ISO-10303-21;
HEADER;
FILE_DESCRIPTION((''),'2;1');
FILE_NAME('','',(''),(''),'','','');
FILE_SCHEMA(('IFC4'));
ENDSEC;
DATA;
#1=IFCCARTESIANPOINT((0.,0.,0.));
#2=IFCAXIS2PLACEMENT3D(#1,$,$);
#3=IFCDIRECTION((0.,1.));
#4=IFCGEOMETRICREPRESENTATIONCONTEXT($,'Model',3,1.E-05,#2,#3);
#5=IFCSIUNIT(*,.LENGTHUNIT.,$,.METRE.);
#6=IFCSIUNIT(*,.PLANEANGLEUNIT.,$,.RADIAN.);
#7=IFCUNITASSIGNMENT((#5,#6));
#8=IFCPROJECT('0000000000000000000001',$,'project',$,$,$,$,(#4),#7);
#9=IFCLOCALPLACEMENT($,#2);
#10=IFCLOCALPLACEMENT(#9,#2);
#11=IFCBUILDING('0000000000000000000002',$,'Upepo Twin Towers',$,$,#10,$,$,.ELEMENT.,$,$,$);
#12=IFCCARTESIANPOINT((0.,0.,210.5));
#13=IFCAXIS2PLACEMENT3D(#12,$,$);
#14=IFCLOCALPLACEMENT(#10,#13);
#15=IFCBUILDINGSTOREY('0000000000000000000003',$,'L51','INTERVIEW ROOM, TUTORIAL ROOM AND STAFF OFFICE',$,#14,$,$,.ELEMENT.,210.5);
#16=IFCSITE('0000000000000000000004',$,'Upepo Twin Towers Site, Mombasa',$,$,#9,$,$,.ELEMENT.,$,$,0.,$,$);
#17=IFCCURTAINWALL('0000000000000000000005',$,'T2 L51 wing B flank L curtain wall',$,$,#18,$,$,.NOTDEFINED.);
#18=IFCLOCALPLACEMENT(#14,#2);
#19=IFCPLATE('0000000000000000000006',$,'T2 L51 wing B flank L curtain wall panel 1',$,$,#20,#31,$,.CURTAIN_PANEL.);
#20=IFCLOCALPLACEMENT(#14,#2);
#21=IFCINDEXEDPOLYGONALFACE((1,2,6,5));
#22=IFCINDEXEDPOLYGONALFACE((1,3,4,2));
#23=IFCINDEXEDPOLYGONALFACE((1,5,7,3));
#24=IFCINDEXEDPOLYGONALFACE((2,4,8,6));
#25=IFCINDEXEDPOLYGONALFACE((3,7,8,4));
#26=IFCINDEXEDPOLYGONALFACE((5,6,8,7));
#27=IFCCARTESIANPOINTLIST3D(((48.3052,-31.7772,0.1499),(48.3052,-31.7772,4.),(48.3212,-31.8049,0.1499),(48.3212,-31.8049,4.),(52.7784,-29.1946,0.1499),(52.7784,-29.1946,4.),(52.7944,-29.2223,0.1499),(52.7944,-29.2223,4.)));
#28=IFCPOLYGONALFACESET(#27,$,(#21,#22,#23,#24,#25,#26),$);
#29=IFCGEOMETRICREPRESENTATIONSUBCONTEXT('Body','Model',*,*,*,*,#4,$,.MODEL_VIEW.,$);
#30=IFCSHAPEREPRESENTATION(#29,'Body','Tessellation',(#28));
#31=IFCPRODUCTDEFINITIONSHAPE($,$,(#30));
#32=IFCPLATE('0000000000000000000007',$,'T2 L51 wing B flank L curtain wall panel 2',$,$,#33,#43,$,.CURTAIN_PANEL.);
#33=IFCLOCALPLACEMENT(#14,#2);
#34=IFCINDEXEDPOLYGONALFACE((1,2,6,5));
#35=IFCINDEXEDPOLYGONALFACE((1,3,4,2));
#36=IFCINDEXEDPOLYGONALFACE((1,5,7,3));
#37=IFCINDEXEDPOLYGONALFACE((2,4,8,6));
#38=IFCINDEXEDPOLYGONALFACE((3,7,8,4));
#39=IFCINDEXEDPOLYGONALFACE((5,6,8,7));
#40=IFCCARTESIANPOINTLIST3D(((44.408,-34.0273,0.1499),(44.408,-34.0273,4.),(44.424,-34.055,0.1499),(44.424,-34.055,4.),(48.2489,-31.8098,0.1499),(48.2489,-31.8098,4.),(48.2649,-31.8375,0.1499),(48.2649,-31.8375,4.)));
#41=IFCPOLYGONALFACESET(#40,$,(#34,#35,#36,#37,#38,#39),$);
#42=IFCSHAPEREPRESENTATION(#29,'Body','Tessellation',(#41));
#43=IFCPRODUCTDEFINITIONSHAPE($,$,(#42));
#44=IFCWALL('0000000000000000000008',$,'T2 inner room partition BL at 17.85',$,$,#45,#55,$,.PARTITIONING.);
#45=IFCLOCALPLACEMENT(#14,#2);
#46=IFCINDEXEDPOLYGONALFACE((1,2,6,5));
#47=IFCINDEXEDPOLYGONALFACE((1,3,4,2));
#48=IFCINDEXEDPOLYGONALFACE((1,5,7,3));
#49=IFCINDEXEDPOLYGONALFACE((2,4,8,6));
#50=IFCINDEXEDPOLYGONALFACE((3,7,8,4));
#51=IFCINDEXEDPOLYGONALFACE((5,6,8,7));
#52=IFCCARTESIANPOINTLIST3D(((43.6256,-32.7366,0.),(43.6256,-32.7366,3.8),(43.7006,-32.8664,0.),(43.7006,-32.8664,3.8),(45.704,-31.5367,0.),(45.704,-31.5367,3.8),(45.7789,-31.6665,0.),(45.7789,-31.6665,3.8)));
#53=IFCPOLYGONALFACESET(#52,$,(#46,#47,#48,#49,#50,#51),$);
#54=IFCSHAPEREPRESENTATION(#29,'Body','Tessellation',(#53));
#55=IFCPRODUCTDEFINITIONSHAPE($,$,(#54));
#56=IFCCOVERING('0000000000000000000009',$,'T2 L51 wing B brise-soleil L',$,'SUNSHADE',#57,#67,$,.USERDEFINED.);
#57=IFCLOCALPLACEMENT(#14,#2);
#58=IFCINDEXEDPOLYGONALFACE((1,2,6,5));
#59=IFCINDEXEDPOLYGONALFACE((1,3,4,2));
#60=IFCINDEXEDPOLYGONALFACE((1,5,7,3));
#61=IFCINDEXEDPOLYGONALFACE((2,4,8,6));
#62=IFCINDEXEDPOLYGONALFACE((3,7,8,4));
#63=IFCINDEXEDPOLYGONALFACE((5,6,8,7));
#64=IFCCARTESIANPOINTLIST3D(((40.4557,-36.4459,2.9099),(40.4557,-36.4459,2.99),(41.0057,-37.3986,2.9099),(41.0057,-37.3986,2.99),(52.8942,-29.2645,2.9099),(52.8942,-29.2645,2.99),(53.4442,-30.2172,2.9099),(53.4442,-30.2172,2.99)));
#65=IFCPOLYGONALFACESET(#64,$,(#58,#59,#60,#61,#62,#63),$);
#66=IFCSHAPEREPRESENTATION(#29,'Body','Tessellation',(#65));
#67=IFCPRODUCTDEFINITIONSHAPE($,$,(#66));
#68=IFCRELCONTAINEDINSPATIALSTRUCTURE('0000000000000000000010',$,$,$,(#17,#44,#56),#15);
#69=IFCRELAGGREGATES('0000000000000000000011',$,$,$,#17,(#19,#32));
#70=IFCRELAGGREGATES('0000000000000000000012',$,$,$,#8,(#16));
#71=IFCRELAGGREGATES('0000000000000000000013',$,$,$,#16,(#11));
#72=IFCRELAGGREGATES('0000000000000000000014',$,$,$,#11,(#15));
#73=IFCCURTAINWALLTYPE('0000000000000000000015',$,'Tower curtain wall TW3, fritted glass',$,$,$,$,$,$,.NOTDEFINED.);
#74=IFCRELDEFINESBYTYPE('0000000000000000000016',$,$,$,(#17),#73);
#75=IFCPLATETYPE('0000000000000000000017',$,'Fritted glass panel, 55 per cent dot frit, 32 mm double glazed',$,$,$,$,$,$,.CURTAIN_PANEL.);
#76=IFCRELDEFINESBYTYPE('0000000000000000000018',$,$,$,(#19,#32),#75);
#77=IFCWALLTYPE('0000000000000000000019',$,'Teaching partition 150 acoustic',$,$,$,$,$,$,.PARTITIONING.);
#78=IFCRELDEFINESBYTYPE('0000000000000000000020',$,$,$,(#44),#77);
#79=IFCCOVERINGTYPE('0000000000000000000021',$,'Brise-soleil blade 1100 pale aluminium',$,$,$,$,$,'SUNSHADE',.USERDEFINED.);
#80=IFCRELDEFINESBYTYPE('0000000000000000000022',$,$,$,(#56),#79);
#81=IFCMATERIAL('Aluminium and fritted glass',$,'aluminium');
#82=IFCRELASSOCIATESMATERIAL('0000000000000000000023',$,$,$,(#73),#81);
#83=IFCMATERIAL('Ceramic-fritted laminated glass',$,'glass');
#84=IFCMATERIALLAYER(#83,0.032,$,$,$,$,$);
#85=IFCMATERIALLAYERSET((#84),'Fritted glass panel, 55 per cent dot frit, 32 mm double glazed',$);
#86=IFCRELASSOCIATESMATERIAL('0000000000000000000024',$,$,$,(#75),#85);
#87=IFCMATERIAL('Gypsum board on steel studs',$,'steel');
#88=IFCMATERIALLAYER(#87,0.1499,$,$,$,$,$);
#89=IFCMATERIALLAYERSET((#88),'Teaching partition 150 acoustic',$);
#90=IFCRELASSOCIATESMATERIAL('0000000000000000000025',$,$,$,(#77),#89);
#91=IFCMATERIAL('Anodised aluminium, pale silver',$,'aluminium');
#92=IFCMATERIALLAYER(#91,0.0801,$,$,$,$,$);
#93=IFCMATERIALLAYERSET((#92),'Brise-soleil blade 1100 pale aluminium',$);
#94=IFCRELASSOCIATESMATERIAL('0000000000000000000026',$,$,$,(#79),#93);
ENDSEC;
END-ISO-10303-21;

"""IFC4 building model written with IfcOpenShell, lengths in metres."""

from ifc_helpers import new_model, si_unit, direction, frame, frame_2d, origin, origin_2d, place, context, subcontext, project, spatial, rectangle, extrude, material, layer, layer_set, type_object, element, aggregate, save


model = new_model("IFC4")

# Units and contexts
model_context = context("Model", 3, precision=1e-05, world=origin(), true_north=direction((0.0, 1.0)))
body_context = subcontext(model_context, "Body", "Model", "MODEL_VIEW")
ifc_project = project(units=[si_unit("LENGTHUNIT", "METRE"), si_unit("PLANEANGLEUNIT", "RADIAN")], contexts=[model_context])

# Site, building, storey
site_placement = place(None, origin())
site = spatial("IfcSite", under=ifc_project, at=site_placement, Name="Upepo Twin Towers Site, Mombasa", CompositionType="ELEMENT", RefElevation=0.0)
building_placement = place(site_placement, origin())
building = spatial("IfcBuilding", under=site, at=building_placement, Name="Upepo Twin Towers", CompositionType="ELEMENT")
storey_placement = place(building_placement, frame((0.0, 0.0, 210.5)))
storey = spatial("IfcBuildingStorey", under=building, at=storey_placement, Name="L51", Description="INTERVIEW ROOM, TUTORIAL ROOM AND STAFF OFFICE", CompositionType="ELEMENT", Elevation=210.5)

# Curtain wall, plates
ifc_material_1 = material(Name="Aluminium and fritted glass", Category="aluminium")
curtain_wall_type = type_object("IfcCurtainWallType", Name="Tower curtain wall TW3, fritted glass", PredefinedType="NOTDEFINED", material=ifc_material_1)
curtain_wall_placement = place(storey_placement, origin())
curtain_wall = element("IfcCurtainWall", 1, at=curtain_wall_placement, inside=storey, type_object=curtain_wall_type, Name="T2 L51 wing B flank L curtain wall", PredefinedType="NOTDEFINED")
ifc_material_2 = material(Name="Ceramic-fritted laminated glass", Category="glass")
ifc_layer_1 = layer(ifc_material_2, 0.032)
ifc_layer_set_1 = layer_set([ifc_layer_1], Name="Fritted glass panel, 55 per cent dot frit, 32 mm double glazed")
plate_type = type_object("IfcPlateType", Name="Fritted glass panel, 55 per cent dot frit, 32 mm double glazed", PredefinedType="CURTAIN_PANEL", material=ifc_layer_set_1)
plate_1_placement = place(storey_placement, frame((50.5498, -30.4998, 0.1499), z_axis=(0.0, 0.0, 1.0), x_axis=(-0.866025, -0.5, 0.0)))
plate_1 = element("IfcPlate", 2, at=plate_1_placement, type_object=plate_type, Name="T2 L51 wing B flank L curtain wall panel 1", PredefinedType="CURTAIN_PANEL", context=body_context, shape_type="SweptSolid", body=[
    extrude(rectangle(XDim=5.1653, YDim=0.032, at=origin_2d()), origin(), (0.0, 0.0, 1.0), 3.8501),
])
plate_2_placement = place(storey_placement, frame((46.3364, -32.9324, 0.1499), z_axis=(0.0, 0.0, 1.0), x_axis=(-0.866025, -0.5, 0.0)))
plate_2 = element("IfcPlate", 3, at=plate_2_placement, type_object=plate_type, Name="T2 L51 wing B flank L curtain wall panel 2", PredefinedType="CURTAIN_PANEL", context=body_context, shape_type="SweptSolid", body=[
    extrude(rectangle(XDim=4.4351, YDim=0.032, at=origin_2d()), origin(), (0.0, 0.0, 1.0), 3.8501),
])
aggregate(curtain_wall, [plate_1, plate_2])

# Wall
ifc_material_3 = material(Name="Gypsum board on steel studs", Category="steel")
ifc_layer_2 = layer(ifc_material_3, 0.1499)
ifc_layer_set_2 = layer_set([ifc_layer_2], Name="Teaching partition 150 acoustic")
wall_type = type_object("IfcWallType", Name="Teaching partition 150 acoustic", PredefinedType="PARTITIONING", material=ifc_layer_set_2)
wall_placement = place(storey_placement, frame((45.7415, -31.6016, 0.0), z_axis=(0.0, 0.0, 1.0), x_axis=(-0.866025, -0.500001, 0.0)))
element("IfcWall", 4, at=wall_placement, inside=storey, type_object=wall_type, Name="T2 inner room partition BL at 17.85", PredefinedType="PARTITIONING", context=body_context, shape_type="SweptSolid", body=[
    extrude(rectangle(XDim=2.3999, YDim=0.1499, at=frame_2d((1.2, 0.0))), origin(), (0.0, 0.0, 1.0), 3.8),
])

# Covering
ifc_material_4 = material(Name="Anodised aluminium, pale silver", Category="aluminium")
ifc_layer_3 = layer(ifc_material_4, 0.0801)
ifc_layer_set_3 = layer_set([ifc_layer_3], Name="Brise-soleil blade 1100 pale aluminium")
covering_type = type_object("IfcCoveringType", Name="Brise-soleil blade 1100 pale aluminium", ElementType="SUNSHADE", PredefinedType="USERDEFINED", material=ifc_layer_set_3)
covering_placement = place(storey_placement, frame((46.95, -33.3315, 2.9099), z_axis=(0.0, 0.0, 1.0), x_axis=(-0.866025, -0.5, 0.0)))
element("IfcCovering", 5, at=covering_placement, inside=storey, type_object=covering_type, Name="T2 L51 wing B brise-soleil L", ObjectType="SUNSHADE", PredefinedType="USERDEFINED", context=body_context, shape_type="SweptSolid", body=[
    extrude(rectangle(XDim=14.3628, YDim=1.1001, at=origin_2d()), origin(), (0.0, 0.0, 1.0), 0.0801),
])

save(model, "model.ifc")
